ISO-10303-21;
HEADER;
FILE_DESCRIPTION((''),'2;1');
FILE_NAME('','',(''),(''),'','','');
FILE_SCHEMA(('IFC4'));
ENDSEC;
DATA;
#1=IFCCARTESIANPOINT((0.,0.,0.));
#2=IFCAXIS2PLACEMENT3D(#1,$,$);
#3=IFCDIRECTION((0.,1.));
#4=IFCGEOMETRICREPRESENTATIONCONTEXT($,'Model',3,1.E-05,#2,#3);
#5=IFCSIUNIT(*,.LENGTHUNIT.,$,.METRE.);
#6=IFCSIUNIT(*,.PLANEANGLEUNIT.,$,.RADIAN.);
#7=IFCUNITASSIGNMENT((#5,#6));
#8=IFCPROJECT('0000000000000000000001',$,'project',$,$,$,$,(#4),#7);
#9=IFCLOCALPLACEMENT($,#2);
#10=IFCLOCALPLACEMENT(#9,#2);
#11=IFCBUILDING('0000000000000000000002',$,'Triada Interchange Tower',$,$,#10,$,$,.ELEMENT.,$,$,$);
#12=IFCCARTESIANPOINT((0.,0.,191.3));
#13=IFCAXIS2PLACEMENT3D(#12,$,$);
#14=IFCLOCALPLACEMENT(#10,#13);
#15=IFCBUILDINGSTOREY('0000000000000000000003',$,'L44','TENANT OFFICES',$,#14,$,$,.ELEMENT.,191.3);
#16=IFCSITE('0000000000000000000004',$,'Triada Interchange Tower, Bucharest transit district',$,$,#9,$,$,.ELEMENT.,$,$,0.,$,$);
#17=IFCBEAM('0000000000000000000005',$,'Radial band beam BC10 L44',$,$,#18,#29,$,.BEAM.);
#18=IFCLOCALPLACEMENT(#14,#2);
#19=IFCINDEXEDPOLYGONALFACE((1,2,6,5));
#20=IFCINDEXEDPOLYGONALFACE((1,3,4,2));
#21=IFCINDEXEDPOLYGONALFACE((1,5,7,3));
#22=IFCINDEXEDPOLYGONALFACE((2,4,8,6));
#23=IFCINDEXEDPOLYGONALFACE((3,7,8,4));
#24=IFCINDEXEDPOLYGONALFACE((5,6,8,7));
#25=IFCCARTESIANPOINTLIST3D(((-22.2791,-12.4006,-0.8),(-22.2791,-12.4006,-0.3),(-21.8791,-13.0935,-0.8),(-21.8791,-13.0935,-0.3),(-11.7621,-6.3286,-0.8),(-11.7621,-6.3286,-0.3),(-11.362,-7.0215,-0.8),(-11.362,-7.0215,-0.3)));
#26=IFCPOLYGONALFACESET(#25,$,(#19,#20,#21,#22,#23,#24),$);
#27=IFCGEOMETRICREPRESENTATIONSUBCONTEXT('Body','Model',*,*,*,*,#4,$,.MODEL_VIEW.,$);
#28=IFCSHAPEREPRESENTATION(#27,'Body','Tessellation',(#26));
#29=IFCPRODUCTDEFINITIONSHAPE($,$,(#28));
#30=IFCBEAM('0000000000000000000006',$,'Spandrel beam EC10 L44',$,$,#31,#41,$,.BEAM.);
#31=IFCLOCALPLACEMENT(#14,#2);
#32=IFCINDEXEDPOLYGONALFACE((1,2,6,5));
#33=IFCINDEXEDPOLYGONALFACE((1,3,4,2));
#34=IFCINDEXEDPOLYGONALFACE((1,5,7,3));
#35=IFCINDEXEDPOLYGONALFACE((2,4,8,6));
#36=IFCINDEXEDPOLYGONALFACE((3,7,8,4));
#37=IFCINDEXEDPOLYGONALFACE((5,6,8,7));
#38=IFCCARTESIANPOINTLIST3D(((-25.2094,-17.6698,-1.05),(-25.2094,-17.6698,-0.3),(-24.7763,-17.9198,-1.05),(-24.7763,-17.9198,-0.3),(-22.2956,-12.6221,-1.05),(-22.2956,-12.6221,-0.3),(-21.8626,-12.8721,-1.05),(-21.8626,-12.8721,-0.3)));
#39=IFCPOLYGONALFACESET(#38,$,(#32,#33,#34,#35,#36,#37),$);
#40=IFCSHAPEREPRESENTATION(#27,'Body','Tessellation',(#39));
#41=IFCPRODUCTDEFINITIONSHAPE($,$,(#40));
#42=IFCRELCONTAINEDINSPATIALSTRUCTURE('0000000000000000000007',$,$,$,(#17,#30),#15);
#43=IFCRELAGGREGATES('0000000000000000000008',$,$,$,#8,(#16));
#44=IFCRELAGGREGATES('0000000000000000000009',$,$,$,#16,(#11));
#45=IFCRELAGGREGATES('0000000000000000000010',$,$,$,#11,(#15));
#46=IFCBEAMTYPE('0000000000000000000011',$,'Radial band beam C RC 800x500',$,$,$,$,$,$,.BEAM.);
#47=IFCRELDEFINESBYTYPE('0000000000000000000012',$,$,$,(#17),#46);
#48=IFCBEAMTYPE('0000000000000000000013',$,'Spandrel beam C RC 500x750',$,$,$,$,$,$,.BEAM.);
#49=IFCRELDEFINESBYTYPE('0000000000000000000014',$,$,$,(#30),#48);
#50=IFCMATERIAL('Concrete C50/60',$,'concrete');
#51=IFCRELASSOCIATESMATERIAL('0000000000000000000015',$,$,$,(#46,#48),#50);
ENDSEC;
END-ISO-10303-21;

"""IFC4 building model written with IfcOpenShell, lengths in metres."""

from ifc_helpers import new_model, si_unit, direction, frame, origin, origin_2d, place, context, subcontext, project, spatial, rectangle, extrude, material, material_profile, profile_set, type_object, element, save


model = new_model("IFC4")

# Units and contexts
model_context = context("Model", 3, precision=1e-05, world=origin(), true_north=direction((0.0, 1.0)))
body_context = subcontext(model_context, "Body", "Model", "MODEL_VIEW")
ifc_project = project(units=[si_unit("LENGTHUNIT", "METRE"), si_unit("PLANEANGLEUNIT", "RADIAN")], contexts=[model_context])

# Site, building, storey
site_placement = place(None, origin())
site = spatial("IfcSite", under=ifc_project, at=site_placement, Name="Triada Interchange Tower, Bucharest transit district", CompositionType="ELEMENT", RefElevation=0.0)
building_placement = place(site_placement, origin())
building = spatial("IfcBuilding", under=site, at=building_placement, Name="Triada Interchange Tower", CompositionType="ELEMENT")
storey_placement = place(building_placement, frame((0.0, 0.0, 191.3)))
storey = spatial("IfcBuildingStorey", under=building, at=storey_placement, Name="L44", Description="TENANT OFFICES", CompositionType="ELEMENT", Elevation=191.3)

# Beams
ifc_material_1 = material(Name="Concrete C50/60", Category="concrete")
ifc_material_profile_1 = material_profile(ifc_material_1, rectangle(XDim=0.8, YDim=0.5, at=origin_2d()), Name="RC 800x500")
ifc_profile_set_1 = profile_set([ifc_material_profile_1], Name="Concrete C50/60")
beam_type_1 = type_object("IfcBeamType", Name="Radial band beam C RC 800x500", PredefinedType="BEAM", material=ifc_profile_set_1)
beam_1_placement = place(storey_placement, frame((-22.0791, -12.7471, -0.55), z_axis=(0.866026, 0.499999, 0.0), x_axis=(-0.499999, 0.866026, 0.0)))
element("IfcBeam", 1, at=beam_1_placement, inside=storey, type_object=beam_type_1, Name="Radial band beam BC10 L44", PredefinedType="BEAM", context=body_context, shape_type="SweptSolid", body=[
    extrude(rectangle(XDim=0.8, YDim=0.5, at=origin_2d()), origin(), (0.0, 0.0, 1.0), 12.144),
])
ifc_material_profile_2 = material_profile(ifc_material_1, rectangle(XDim=0.5, YDim=0.75, at=origin_2d()), Name="RC 500x750")
ifc_profile_set_2 = profile_set([ifc_material_profile_2], Name="Concrete C50/60")
beam_type_2 = type_object("IfcBeamType", Name="Spandrel beam C RC 500x750", PredefinedType="BEAM", material=ifc_profile_set_2)
beam_2_placement = place(storey_placement, frame((-22.0791, -12.7471, -0.675), z_axis=(-0.499928, -0.866067, 0.0), x_axis=(0.866067, -0.499928, 0.0)))
element("IfcBeam", 2, at=beam_2_placement, inside=storey, type_object=beam_type_2, Name="Spandrel beam EC10 L44", PredefinedType="BEAM", context=body_context, shape_type="SweptSolid", body=[
    extrude(rectangle(XDim=0.5, YDim=0.75, at=origin_2d()), origin(), (0.0, 0.0, 1.0), 5.8284),
])

save(model, "model.ifc")
